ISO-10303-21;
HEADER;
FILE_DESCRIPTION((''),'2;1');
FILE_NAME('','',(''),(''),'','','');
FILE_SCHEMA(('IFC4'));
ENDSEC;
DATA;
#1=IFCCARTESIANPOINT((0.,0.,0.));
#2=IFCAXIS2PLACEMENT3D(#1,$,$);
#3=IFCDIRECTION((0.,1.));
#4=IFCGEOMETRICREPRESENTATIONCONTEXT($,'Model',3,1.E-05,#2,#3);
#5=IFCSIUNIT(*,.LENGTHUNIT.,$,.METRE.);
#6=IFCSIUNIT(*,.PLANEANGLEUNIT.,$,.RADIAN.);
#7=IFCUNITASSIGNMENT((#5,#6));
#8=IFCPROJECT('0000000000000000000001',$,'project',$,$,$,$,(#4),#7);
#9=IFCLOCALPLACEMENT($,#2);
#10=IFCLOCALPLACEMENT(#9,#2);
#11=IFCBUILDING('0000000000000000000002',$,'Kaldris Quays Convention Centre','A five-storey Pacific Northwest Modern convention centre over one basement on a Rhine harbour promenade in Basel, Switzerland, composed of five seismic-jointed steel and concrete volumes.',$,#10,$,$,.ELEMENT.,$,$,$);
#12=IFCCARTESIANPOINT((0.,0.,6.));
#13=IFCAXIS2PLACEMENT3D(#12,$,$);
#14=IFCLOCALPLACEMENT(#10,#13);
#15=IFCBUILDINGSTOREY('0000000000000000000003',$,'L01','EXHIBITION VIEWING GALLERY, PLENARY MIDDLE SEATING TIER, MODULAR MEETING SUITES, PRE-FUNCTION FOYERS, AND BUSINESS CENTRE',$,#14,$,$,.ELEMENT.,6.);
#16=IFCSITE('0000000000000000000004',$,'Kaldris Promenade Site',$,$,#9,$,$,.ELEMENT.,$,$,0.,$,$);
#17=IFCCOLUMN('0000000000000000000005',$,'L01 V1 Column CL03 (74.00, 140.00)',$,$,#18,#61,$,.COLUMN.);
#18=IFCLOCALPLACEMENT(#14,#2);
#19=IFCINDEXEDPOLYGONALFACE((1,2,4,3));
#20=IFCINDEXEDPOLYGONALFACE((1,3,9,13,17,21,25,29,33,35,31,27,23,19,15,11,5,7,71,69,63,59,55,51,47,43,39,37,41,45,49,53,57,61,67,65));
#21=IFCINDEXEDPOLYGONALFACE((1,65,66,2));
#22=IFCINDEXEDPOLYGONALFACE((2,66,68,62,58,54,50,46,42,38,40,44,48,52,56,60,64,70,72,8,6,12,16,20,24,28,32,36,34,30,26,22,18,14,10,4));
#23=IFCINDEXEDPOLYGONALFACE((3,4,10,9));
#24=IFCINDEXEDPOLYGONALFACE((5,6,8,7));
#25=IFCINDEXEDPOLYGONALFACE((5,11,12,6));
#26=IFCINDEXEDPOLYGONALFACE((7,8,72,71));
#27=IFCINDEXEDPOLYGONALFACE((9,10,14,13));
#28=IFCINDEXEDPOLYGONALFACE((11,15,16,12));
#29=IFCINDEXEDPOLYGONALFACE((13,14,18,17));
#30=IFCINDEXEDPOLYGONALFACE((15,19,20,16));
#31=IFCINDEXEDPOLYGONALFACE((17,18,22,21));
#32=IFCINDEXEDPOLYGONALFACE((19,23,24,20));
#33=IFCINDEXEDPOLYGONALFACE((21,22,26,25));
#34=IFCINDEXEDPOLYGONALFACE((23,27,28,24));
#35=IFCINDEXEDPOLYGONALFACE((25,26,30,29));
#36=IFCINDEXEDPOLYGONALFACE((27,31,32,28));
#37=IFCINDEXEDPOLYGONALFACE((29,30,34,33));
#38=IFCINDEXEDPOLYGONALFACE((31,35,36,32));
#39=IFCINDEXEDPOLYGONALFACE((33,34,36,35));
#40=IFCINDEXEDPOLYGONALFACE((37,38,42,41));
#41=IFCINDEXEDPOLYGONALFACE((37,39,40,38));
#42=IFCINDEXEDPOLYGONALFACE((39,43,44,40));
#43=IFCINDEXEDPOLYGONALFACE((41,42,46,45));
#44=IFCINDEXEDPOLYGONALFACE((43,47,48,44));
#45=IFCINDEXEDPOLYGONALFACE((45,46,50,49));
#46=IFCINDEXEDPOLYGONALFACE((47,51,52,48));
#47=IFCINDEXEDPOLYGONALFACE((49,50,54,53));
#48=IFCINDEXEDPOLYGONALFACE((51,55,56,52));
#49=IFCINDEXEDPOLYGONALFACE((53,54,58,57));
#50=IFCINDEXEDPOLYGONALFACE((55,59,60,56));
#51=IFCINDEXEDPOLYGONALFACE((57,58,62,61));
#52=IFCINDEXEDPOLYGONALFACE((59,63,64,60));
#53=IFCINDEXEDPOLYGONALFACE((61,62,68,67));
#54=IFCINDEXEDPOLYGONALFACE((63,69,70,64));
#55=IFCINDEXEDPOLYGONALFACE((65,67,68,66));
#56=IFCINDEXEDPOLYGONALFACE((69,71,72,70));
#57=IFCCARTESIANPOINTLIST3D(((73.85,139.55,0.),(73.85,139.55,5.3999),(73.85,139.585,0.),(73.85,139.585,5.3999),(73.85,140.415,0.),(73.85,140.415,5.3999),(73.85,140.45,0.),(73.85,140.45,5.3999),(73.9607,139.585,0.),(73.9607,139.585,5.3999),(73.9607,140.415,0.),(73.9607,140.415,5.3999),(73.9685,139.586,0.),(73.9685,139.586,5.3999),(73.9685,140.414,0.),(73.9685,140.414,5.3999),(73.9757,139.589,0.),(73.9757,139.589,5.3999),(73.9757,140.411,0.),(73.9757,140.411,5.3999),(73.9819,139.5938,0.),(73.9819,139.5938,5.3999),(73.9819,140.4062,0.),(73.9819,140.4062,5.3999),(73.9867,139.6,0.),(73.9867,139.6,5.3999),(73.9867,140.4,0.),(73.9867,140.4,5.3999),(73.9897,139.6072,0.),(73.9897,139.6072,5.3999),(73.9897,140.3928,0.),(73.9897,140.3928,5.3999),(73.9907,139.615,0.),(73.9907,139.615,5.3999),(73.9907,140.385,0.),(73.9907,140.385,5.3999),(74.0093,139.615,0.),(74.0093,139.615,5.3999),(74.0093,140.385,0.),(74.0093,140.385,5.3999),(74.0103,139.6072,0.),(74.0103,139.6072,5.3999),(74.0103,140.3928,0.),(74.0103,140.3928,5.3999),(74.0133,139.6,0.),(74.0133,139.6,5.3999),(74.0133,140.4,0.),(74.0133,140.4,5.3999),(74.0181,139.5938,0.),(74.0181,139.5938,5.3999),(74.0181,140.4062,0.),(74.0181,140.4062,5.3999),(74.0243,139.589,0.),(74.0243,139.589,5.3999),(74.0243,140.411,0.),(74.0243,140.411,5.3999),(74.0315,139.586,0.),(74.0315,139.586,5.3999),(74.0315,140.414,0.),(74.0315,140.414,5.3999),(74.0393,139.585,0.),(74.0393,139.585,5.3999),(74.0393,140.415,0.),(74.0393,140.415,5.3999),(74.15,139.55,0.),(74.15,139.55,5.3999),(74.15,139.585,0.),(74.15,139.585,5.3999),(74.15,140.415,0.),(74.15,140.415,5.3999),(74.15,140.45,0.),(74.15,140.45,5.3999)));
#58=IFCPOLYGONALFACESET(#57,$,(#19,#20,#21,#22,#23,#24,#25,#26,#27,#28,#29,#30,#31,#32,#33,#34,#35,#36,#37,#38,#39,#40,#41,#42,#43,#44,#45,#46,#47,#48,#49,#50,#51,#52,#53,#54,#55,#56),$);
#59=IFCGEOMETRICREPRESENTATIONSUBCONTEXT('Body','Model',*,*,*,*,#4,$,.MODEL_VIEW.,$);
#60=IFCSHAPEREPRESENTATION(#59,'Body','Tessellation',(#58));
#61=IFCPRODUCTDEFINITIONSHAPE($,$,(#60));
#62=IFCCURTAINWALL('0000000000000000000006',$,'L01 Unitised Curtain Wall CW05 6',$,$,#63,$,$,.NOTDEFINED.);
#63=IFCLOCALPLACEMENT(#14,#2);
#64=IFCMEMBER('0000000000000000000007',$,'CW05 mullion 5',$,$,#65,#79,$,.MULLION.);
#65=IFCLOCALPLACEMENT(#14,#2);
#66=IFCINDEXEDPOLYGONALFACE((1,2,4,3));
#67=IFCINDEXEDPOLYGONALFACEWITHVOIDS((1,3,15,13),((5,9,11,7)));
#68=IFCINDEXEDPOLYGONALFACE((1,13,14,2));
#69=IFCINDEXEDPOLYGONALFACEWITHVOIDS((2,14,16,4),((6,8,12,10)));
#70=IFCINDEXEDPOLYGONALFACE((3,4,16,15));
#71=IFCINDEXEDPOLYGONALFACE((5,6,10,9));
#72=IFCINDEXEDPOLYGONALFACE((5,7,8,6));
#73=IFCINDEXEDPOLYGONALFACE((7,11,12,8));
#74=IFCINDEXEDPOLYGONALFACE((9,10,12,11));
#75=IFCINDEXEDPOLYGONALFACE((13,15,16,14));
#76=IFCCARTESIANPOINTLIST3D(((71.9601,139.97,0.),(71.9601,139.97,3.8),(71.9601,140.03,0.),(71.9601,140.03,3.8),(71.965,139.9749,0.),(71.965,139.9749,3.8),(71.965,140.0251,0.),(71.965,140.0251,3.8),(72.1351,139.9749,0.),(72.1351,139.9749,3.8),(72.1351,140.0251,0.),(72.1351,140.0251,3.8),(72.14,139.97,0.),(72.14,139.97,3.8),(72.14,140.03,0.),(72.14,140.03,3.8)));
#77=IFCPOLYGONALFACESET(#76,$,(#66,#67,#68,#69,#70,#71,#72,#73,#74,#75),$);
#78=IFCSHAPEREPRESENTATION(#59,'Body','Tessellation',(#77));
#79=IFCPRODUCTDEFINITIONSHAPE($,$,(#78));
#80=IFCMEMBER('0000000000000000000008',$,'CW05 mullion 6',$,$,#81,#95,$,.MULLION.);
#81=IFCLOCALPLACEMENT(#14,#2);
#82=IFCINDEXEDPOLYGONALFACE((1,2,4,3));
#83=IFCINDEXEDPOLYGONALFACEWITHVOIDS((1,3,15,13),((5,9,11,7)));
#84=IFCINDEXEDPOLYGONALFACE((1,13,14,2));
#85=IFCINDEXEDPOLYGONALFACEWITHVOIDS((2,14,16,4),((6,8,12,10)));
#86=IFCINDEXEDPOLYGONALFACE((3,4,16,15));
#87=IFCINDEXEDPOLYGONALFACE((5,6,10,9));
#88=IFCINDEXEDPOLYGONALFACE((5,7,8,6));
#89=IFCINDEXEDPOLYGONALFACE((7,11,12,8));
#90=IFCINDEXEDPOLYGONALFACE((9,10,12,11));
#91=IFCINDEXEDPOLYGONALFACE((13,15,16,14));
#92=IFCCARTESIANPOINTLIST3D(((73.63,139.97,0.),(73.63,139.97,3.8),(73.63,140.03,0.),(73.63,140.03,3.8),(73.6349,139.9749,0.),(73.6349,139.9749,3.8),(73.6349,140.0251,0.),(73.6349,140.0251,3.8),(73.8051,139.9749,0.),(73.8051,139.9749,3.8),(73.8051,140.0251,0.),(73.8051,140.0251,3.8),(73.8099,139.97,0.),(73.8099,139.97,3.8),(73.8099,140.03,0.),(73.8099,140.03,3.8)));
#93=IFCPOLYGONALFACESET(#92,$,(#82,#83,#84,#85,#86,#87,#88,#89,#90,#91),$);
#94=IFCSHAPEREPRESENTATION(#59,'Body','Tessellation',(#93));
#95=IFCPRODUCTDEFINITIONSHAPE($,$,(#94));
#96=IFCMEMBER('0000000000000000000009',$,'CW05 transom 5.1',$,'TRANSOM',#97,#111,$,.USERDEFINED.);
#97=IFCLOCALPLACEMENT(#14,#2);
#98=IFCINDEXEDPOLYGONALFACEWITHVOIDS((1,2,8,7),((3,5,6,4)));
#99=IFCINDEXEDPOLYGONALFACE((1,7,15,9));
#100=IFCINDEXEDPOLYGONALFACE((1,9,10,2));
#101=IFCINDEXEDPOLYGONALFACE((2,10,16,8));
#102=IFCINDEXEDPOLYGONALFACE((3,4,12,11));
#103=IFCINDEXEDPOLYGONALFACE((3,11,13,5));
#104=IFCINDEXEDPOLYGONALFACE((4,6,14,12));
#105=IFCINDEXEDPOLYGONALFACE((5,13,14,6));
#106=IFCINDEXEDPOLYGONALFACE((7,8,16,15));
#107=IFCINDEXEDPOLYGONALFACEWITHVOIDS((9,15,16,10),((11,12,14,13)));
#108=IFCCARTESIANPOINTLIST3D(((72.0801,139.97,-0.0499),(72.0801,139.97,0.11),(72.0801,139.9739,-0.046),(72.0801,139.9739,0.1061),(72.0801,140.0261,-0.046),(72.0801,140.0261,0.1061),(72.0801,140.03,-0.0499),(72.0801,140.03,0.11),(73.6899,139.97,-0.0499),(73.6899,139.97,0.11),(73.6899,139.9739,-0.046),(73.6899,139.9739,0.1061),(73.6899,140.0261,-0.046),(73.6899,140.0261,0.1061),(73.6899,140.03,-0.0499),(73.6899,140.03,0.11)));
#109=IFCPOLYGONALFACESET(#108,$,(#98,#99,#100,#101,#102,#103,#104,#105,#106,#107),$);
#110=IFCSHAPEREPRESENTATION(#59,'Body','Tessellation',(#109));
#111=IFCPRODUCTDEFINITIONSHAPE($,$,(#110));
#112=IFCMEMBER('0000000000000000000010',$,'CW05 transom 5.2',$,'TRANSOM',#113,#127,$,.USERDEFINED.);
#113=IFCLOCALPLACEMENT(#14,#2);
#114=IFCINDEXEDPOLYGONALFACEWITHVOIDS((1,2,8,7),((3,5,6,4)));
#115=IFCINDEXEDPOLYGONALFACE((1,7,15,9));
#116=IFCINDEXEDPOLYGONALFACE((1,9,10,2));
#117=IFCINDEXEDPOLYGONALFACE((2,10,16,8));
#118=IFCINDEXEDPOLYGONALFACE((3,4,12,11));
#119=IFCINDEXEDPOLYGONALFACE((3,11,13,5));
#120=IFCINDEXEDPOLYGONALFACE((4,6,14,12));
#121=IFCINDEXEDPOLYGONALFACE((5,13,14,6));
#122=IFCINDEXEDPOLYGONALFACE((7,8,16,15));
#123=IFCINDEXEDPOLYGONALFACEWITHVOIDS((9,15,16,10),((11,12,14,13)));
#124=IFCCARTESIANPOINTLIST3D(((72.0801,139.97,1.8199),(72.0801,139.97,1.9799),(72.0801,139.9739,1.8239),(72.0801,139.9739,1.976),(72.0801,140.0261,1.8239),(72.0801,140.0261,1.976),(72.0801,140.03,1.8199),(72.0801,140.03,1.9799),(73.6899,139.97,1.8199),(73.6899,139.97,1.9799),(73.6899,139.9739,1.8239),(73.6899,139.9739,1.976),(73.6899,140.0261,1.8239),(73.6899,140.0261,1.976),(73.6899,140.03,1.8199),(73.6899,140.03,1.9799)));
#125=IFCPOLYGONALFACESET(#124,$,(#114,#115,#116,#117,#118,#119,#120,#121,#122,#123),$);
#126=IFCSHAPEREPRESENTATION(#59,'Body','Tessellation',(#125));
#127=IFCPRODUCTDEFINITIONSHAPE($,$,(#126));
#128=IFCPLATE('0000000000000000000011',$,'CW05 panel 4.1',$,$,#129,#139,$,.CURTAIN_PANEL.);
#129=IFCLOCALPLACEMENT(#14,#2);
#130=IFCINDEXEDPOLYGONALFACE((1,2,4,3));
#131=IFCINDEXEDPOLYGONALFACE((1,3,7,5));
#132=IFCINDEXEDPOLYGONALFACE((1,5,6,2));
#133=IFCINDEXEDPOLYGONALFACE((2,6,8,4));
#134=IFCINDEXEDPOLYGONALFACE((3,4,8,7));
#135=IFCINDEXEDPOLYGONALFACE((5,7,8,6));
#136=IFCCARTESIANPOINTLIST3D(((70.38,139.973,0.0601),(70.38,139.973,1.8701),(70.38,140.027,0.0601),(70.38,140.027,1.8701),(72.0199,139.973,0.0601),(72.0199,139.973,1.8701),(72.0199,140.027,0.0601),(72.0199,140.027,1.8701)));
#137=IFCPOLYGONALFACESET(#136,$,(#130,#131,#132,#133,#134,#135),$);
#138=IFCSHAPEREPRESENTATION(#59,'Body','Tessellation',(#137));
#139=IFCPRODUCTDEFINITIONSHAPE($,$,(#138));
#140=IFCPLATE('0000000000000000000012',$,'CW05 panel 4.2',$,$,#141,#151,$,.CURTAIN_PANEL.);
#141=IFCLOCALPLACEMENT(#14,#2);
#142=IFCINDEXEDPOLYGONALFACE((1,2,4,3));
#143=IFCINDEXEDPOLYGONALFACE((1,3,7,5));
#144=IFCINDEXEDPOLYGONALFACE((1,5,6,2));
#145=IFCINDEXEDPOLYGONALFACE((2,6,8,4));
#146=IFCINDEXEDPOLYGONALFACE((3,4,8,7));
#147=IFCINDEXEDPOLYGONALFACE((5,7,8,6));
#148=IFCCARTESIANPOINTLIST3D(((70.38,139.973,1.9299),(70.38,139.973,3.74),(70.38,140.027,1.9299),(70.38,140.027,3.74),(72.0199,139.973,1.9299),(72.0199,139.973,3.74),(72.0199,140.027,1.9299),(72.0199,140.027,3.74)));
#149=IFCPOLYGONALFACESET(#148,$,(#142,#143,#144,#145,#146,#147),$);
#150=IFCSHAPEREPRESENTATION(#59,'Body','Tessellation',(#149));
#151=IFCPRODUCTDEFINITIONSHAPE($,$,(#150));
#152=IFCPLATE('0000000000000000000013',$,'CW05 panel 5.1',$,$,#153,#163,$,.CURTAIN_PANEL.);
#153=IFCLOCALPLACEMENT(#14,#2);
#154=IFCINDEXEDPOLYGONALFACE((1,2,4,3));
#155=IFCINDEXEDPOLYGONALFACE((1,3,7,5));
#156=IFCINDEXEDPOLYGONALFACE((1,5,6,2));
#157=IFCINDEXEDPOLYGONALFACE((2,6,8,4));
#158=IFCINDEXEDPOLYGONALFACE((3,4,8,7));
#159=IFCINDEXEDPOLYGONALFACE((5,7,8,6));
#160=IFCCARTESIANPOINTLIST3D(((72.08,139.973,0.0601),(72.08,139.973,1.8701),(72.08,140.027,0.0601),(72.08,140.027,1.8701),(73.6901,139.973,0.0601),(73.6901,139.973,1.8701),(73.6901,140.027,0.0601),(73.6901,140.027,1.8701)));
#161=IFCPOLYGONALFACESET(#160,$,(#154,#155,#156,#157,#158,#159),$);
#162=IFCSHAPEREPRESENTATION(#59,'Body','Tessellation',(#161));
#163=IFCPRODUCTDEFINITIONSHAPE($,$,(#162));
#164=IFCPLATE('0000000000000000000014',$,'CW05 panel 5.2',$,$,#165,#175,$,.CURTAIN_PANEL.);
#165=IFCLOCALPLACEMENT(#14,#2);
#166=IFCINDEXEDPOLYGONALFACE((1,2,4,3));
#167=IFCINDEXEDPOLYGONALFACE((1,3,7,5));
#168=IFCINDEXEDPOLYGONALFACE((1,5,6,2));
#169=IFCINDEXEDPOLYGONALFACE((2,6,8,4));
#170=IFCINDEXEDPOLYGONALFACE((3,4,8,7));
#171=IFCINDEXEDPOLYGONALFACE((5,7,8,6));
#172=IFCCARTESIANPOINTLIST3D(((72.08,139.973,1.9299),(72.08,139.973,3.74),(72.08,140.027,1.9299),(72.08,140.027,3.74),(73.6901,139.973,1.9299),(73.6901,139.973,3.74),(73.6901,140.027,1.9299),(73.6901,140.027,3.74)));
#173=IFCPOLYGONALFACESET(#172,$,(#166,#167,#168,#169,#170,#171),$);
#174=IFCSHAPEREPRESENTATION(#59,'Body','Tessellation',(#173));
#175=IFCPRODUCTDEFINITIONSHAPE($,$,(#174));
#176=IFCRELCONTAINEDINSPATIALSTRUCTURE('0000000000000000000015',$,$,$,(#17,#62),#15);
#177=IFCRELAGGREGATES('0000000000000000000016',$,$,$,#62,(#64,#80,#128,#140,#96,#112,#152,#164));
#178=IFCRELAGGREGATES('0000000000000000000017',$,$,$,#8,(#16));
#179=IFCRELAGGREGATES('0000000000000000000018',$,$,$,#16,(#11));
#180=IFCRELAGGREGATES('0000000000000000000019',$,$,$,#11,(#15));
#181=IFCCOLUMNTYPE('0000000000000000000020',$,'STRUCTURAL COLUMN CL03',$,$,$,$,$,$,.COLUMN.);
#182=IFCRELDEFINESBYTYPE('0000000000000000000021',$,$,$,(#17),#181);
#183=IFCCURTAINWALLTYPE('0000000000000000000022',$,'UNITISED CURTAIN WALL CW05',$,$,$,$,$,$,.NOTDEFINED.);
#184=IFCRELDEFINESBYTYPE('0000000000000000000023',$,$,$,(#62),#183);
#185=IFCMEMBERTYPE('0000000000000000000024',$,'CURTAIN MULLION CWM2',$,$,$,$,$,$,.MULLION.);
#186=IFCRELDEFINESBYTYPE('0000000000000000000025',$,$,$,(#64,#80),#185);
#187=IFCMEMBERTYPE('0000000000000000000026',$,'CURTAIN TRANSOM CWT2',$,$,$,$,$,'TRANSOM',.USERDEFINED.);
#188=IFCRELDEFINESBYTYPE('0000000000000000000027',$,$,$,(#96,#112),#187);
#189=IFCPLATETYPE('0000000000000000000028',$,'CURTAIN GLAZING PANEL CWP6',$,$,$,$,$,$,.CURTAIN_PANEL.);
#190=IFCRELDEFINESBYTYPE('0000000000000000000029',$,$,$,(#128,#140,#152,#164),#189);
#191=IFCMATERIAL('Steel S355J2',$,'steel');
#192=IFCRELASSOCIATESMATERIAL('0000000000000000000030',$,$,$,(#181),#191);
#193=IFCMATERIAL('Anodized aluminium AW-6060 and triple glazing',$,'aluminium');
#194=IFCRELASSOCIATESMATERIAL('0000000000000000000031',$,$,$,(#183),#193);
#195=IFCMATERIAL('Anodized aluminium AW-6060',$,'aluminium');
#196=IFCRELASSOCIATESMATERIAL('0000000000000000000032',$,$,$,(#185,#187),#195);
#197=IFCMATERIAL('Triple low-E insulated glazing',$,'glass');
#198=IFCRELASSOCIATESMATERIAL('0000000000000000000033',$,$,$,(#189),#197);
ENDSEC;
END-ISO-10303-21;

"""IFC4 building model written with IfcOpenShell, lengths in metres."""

from ifc_helpers import new_model, si_unit, direction, frame, origin, origin_2d, place, context, subcontext, project, spatial, rectangle, hollow_rectangle, i_section, extrude, material, material_profile, profile_set, type_object, element, aggregate, save


model = new_model("IFC4")

# Units and contexts
model_context = context("Model", 3, precision=1e-05, world=origin(), true_north=direction((0.0, 1.0)))
body_context = subcontext(model_context, "Body", "Model", "MODEL_VIEW")
ifc_project = project(units=[si_unit("LENGTHUNIT", "METRE"), si_unit("PLANEANGLEUNIT", "RADIAN")], contexts=[model_context])

# Site, building, storey
site_placement = place(None, origin())
site = spatial("IfcSite", under=ifc_project, at=site_placement, Name="Kaldris Promenade Site", CompositionType="ELEMENT", RefElevation=0.0)
building_placement = place(site_placement, origin())
building = spatial("IfcBuilding", under=site, at=building_placement, Name="Kaldris Quays Convention Centre", Description="A five-storey Pacific Northwest Modern convention centre over one basement on a Rhine harbour promenade in Basel, Switzerland, composed of five seismic-jointed steel and concrete volumes.", CompositionType="ELEMENT")
storey_placement = place(building_placement, frame((0.0, 0.0, 6.0)))
storey = spatial("IfcBuildingStorey", under=building, at=storey_placement, Name="L01", Description="EXHIBITION VIEWING GALLERY, PLENARY MIDDLE SEATING TIER, MODULAR MEETING SUITES, PRE-FUNCTION FOYERS, AND BUSINESS CENTRE", CompositionType="ELEMENT", Elevation=6.0)

# Column
ifc_material_1 = material(Name="Steel S355J2", Category="steel")
ifc_material_profile_1 = material_profile(ifc_material_1, i_section(OverallWidth=0.3, OverallDepth=0.8999, WebThickness=0.0186, FlangeThickness=0.0349, FilletRadius=0.03, at=origin_2d()), Name="HEB 900")
ifc_profile_set_1 = profile_set([ifc_material_profile_1], Name="Steel S355J2")
column_type = type_object("IfcColumnType", Name="STRUCTURAL COLUMN CL03", PredefinedType="COLUMN", material=ifc_profile_set_1)
column_placement = place(storey_placement, frame((74.0, 140.0, 0.0), z_axis=(0.0, 0.0, 1.0), x_axis=(1.0, 0.0, 0.0)))
element("IfcColumn", 1, at=column_placement, inside=storey, type_object=column_type, Name="L01 V1 Column CL03 (74.00, 140.00)", PredefinedType="COLUMN", context=body_context, shape_type="SweptSolid", body=[
    extrude(i_section(OverallWidth=0.3, OverallDepth=0.8999, WebThickness=0.0186, FlangeThickness=0.0349, FilletRadius=0.03, at=origin_2d()), origin(), (0.0, 0.0, 1.0), 5.3999),
])

# Curtain wall, members, plates
ifc_material_2 = material(Name="Anodized aluminium AW-6060 and triple glazing", Category="aluminium")
curtain_wall_type = type_object("IfcCurtainWallType", Name="UNITISED CURTAIN WALL CW05", PredefinedType="NOTDEFINED", material=ifc_material_2)
curtain_wall_placement = place(storey_placement, origin())
curtain_wall = element("IfcCurtainWall", 2, at=curtain_wall_placement, inside=storey, type_object=curtain_wall_type, Name="L01 Unitised Curtain Wall CW05 6", PredefinedType="NOTDEFINED")
ifc_material_3 = material(Name="Anodized aluminium AW-6060", Category="aluminium")
ifc_material_profile_2 = material_profile(ifc_material_3, hollow_rectangle(XDim=0.0601, YDim=0.1799, WallThickness=0.0049, at=origin_2d()), Name="RHS 180x60x5")
ifc_profile_set_2 = profile_set([ifc_material_profile_2], Name="Anodized aluminium AW-6060")
member_type_1 = type_object("IfcMemberType", Name="CURTAIN MULLION CWM2", PredefinedType="MULLION", material=ifc_profile_set_2)
member_1_placement = place(storey_placement, frame((72.05, 140.0, 0.0), z_axis=(0.0, 0.0, 1.0), x_axis=(0.0, 1.0, 0.0)))
member_1 = element("IfcMember", 3, at=member_1_placement, type_object=member_type_1, Name="CW05 mullion 5", PredefinedType="MULLION", context=body_context, shape_type="SweptSolid", body=[
    extrude(hollow_rectangle(XDim=0.0601, YDim=0.1799, WallThickness=0.0049, at=origin_2d()), origin(), (0.0, 0.0, 1.0), 3.8),
])
member_2_placement = place(storey_placement, frame((73.72, 140.0, 0.0), z_axis=(0.0, 0.0, 1.0), x_axis=(0.0, 1.0, 0.0)))
member_2 = element("IfcMember", 4, at=member_2_placement, type_object=member_type_1, Name="CW05 mullion 6", PredefinedType="MULLION", context=body_context, shape_type="SweptSolid", body=[
    extrude(hollow_rectangle(XDim=0.0601, YDim=0.1799, WallThickness=0.0049, at=origin_2d()), origin(), (0.0, 0.0, 1.0), 3.8),
])
ifc_material_profile_3 = material_profile(ifc_material_3, hollow_rectangle(XDim=0.0601, YDim=0.1599, WallThickness=0.0039, at=origin_2d()), Name="RHS 160x60x4")
ifc_profile_set_3 = profile_set([ifc_material_profile_3], Name="Anodized aluminium AW-6060")
member_type_2 = type_object("IfcMemberType", Name="CURTAIN TRANSOM CWT2", ElementType="TRANSOM", PredefinedType="USERDEFINED", material=ifc_profile_set_3)
member_3_placement = place(storey_placement, frame((72.0801, 140.0, 0.03), z_axis=(1.0, 0.0, 0.0), x_axis=(0.0, 1.0, 0.0)))
member_3 = element("IfcMember", 5, at=member_3_placement, type_object=member_type_2, Name="CW05 transom 5.1", ObjectType="TRANSOM", PredefinedType="USERDEFINED", context=body_context, shape_type="SweptSolid", body=[
    extrude(hollow_rectangle(XDim=0.0601, YDim=0.1599, WallThickness=0.0039, at=origin_2d()), origin(), (0.0, 0.0, 1.0), 1.6099),
])
member_4_placement = place(storey_placement, frame((72.0801, 140.0, 1.8999), z_axis=(1.0, 0.0, 0.0), x_axis=(0.0, 1.0, 0.0)))
member_4 = element("IfcMember", 6, at=member_4_placement, type_object=member_type_2, Name="CW05 transom 5.2", ObjectType="TRANSOM", PredefinedType="USERDEFINED", context=body_context, shape_type="SweptSolid", body=[
    extrude(hollow_rectangle(XDim=0.0601, YDim=0.1599, WallThickness=0.0039, at=origin_2d()), origin(), (0.0, 0.0, 1.0), 1.6099),
])
ifc_material_4 = material(Name="Triple low-E insulated glazing", Category="glass")
plate_type = type_object("IfcPlateType", Name="CURTAIN GLAZING PANEL CWP6", PredefinedType="CURTAIN_PANEL", material=ifc_material_4)
plate_1_placement = place(storey_placement, frame((71.2, 140.0, 0.0601), z_axis=(0.0, 0.0, 1.0), x_axis=(1.0, 0.0, 0.0)))
plate_1 = element("IfcPlate", 7, at=plate_1_placement, type_object=plate_type, Name="CW05 panel 4.1", PredefinedType="CURTAIN_PANEL", context=body_context, shape_type="SweptSolid", body=[
    extrude(rectangle(XDim=1.6399, YDim=0.054, at=origin_2d()), origin(), (0.0, 0.0, 1.0), 1.8101),
])
plate_2_placement = place(storey_placement, frame((71.2, 140.0, 1.9299), z_axis=(0.0, 0.0, 1.0), x_axis=(1.0, 0.0, 0.0)))
plate_2 = element("IfcPlate", 8, at=plate_2_placement, type_object=plate_type, Name="CW05 panel 4.2", PredefinedType="CURTAIN_PANEL", context=body_context, shape_type="SweptSolid", body=[
    extrude(rectangle(XDim=1.6399, YDim=0.054, at=origin_2d()), origin(), (0.0, 0.0, 1.0), 1.8101),
])
plate_3_placement = place(storey_placement, frame((72.885, 140.0, 0.0601), z_axis=(0.0, 0.0, 1.0), x_axis=(1.0, 0.0, 0.0)))
plate_3 = element("IfcPlate", 9, at=plate_3_placement, type_object=plate_type, Name="CW05 panel 5.1", PredefinedType="CURTAIN_PANEL", context=body_context, shape_type="SweptSolid", body=[
    extrude(rectangle(XDim=1.6101, YDim=0.054, at=origin_2d()), origin(), (0.0, 0.0, 1.0), 1.8101),
])
plate_4_placement = place(storey_placement, frame((72.885, 140.0, 1.9299), z_axis=(0.0, 0.0, 1.0), x_axis=(1.0, 0.0, 0.0)))
plate_4 = element("IfcPlate", 10, at=plate_4_placement, type_object=plate_type, Name="CW05 panel 5.2", PredefinedType="CURTAIN_PANEL", context=body_context, shape_type="SweptSolid", body=[
    extrude(rectangle(XDim=1.6101, YDim=0.054, at=origin_2d()), origin(), (0.0, 0.0, 1.0), 1.8101),
])
aggregate(curtain_wall, [member_1, member_2, plate_1, plate_2, member_3, member_4, plate_3, plate_4])

save(model, "model.ifc")
